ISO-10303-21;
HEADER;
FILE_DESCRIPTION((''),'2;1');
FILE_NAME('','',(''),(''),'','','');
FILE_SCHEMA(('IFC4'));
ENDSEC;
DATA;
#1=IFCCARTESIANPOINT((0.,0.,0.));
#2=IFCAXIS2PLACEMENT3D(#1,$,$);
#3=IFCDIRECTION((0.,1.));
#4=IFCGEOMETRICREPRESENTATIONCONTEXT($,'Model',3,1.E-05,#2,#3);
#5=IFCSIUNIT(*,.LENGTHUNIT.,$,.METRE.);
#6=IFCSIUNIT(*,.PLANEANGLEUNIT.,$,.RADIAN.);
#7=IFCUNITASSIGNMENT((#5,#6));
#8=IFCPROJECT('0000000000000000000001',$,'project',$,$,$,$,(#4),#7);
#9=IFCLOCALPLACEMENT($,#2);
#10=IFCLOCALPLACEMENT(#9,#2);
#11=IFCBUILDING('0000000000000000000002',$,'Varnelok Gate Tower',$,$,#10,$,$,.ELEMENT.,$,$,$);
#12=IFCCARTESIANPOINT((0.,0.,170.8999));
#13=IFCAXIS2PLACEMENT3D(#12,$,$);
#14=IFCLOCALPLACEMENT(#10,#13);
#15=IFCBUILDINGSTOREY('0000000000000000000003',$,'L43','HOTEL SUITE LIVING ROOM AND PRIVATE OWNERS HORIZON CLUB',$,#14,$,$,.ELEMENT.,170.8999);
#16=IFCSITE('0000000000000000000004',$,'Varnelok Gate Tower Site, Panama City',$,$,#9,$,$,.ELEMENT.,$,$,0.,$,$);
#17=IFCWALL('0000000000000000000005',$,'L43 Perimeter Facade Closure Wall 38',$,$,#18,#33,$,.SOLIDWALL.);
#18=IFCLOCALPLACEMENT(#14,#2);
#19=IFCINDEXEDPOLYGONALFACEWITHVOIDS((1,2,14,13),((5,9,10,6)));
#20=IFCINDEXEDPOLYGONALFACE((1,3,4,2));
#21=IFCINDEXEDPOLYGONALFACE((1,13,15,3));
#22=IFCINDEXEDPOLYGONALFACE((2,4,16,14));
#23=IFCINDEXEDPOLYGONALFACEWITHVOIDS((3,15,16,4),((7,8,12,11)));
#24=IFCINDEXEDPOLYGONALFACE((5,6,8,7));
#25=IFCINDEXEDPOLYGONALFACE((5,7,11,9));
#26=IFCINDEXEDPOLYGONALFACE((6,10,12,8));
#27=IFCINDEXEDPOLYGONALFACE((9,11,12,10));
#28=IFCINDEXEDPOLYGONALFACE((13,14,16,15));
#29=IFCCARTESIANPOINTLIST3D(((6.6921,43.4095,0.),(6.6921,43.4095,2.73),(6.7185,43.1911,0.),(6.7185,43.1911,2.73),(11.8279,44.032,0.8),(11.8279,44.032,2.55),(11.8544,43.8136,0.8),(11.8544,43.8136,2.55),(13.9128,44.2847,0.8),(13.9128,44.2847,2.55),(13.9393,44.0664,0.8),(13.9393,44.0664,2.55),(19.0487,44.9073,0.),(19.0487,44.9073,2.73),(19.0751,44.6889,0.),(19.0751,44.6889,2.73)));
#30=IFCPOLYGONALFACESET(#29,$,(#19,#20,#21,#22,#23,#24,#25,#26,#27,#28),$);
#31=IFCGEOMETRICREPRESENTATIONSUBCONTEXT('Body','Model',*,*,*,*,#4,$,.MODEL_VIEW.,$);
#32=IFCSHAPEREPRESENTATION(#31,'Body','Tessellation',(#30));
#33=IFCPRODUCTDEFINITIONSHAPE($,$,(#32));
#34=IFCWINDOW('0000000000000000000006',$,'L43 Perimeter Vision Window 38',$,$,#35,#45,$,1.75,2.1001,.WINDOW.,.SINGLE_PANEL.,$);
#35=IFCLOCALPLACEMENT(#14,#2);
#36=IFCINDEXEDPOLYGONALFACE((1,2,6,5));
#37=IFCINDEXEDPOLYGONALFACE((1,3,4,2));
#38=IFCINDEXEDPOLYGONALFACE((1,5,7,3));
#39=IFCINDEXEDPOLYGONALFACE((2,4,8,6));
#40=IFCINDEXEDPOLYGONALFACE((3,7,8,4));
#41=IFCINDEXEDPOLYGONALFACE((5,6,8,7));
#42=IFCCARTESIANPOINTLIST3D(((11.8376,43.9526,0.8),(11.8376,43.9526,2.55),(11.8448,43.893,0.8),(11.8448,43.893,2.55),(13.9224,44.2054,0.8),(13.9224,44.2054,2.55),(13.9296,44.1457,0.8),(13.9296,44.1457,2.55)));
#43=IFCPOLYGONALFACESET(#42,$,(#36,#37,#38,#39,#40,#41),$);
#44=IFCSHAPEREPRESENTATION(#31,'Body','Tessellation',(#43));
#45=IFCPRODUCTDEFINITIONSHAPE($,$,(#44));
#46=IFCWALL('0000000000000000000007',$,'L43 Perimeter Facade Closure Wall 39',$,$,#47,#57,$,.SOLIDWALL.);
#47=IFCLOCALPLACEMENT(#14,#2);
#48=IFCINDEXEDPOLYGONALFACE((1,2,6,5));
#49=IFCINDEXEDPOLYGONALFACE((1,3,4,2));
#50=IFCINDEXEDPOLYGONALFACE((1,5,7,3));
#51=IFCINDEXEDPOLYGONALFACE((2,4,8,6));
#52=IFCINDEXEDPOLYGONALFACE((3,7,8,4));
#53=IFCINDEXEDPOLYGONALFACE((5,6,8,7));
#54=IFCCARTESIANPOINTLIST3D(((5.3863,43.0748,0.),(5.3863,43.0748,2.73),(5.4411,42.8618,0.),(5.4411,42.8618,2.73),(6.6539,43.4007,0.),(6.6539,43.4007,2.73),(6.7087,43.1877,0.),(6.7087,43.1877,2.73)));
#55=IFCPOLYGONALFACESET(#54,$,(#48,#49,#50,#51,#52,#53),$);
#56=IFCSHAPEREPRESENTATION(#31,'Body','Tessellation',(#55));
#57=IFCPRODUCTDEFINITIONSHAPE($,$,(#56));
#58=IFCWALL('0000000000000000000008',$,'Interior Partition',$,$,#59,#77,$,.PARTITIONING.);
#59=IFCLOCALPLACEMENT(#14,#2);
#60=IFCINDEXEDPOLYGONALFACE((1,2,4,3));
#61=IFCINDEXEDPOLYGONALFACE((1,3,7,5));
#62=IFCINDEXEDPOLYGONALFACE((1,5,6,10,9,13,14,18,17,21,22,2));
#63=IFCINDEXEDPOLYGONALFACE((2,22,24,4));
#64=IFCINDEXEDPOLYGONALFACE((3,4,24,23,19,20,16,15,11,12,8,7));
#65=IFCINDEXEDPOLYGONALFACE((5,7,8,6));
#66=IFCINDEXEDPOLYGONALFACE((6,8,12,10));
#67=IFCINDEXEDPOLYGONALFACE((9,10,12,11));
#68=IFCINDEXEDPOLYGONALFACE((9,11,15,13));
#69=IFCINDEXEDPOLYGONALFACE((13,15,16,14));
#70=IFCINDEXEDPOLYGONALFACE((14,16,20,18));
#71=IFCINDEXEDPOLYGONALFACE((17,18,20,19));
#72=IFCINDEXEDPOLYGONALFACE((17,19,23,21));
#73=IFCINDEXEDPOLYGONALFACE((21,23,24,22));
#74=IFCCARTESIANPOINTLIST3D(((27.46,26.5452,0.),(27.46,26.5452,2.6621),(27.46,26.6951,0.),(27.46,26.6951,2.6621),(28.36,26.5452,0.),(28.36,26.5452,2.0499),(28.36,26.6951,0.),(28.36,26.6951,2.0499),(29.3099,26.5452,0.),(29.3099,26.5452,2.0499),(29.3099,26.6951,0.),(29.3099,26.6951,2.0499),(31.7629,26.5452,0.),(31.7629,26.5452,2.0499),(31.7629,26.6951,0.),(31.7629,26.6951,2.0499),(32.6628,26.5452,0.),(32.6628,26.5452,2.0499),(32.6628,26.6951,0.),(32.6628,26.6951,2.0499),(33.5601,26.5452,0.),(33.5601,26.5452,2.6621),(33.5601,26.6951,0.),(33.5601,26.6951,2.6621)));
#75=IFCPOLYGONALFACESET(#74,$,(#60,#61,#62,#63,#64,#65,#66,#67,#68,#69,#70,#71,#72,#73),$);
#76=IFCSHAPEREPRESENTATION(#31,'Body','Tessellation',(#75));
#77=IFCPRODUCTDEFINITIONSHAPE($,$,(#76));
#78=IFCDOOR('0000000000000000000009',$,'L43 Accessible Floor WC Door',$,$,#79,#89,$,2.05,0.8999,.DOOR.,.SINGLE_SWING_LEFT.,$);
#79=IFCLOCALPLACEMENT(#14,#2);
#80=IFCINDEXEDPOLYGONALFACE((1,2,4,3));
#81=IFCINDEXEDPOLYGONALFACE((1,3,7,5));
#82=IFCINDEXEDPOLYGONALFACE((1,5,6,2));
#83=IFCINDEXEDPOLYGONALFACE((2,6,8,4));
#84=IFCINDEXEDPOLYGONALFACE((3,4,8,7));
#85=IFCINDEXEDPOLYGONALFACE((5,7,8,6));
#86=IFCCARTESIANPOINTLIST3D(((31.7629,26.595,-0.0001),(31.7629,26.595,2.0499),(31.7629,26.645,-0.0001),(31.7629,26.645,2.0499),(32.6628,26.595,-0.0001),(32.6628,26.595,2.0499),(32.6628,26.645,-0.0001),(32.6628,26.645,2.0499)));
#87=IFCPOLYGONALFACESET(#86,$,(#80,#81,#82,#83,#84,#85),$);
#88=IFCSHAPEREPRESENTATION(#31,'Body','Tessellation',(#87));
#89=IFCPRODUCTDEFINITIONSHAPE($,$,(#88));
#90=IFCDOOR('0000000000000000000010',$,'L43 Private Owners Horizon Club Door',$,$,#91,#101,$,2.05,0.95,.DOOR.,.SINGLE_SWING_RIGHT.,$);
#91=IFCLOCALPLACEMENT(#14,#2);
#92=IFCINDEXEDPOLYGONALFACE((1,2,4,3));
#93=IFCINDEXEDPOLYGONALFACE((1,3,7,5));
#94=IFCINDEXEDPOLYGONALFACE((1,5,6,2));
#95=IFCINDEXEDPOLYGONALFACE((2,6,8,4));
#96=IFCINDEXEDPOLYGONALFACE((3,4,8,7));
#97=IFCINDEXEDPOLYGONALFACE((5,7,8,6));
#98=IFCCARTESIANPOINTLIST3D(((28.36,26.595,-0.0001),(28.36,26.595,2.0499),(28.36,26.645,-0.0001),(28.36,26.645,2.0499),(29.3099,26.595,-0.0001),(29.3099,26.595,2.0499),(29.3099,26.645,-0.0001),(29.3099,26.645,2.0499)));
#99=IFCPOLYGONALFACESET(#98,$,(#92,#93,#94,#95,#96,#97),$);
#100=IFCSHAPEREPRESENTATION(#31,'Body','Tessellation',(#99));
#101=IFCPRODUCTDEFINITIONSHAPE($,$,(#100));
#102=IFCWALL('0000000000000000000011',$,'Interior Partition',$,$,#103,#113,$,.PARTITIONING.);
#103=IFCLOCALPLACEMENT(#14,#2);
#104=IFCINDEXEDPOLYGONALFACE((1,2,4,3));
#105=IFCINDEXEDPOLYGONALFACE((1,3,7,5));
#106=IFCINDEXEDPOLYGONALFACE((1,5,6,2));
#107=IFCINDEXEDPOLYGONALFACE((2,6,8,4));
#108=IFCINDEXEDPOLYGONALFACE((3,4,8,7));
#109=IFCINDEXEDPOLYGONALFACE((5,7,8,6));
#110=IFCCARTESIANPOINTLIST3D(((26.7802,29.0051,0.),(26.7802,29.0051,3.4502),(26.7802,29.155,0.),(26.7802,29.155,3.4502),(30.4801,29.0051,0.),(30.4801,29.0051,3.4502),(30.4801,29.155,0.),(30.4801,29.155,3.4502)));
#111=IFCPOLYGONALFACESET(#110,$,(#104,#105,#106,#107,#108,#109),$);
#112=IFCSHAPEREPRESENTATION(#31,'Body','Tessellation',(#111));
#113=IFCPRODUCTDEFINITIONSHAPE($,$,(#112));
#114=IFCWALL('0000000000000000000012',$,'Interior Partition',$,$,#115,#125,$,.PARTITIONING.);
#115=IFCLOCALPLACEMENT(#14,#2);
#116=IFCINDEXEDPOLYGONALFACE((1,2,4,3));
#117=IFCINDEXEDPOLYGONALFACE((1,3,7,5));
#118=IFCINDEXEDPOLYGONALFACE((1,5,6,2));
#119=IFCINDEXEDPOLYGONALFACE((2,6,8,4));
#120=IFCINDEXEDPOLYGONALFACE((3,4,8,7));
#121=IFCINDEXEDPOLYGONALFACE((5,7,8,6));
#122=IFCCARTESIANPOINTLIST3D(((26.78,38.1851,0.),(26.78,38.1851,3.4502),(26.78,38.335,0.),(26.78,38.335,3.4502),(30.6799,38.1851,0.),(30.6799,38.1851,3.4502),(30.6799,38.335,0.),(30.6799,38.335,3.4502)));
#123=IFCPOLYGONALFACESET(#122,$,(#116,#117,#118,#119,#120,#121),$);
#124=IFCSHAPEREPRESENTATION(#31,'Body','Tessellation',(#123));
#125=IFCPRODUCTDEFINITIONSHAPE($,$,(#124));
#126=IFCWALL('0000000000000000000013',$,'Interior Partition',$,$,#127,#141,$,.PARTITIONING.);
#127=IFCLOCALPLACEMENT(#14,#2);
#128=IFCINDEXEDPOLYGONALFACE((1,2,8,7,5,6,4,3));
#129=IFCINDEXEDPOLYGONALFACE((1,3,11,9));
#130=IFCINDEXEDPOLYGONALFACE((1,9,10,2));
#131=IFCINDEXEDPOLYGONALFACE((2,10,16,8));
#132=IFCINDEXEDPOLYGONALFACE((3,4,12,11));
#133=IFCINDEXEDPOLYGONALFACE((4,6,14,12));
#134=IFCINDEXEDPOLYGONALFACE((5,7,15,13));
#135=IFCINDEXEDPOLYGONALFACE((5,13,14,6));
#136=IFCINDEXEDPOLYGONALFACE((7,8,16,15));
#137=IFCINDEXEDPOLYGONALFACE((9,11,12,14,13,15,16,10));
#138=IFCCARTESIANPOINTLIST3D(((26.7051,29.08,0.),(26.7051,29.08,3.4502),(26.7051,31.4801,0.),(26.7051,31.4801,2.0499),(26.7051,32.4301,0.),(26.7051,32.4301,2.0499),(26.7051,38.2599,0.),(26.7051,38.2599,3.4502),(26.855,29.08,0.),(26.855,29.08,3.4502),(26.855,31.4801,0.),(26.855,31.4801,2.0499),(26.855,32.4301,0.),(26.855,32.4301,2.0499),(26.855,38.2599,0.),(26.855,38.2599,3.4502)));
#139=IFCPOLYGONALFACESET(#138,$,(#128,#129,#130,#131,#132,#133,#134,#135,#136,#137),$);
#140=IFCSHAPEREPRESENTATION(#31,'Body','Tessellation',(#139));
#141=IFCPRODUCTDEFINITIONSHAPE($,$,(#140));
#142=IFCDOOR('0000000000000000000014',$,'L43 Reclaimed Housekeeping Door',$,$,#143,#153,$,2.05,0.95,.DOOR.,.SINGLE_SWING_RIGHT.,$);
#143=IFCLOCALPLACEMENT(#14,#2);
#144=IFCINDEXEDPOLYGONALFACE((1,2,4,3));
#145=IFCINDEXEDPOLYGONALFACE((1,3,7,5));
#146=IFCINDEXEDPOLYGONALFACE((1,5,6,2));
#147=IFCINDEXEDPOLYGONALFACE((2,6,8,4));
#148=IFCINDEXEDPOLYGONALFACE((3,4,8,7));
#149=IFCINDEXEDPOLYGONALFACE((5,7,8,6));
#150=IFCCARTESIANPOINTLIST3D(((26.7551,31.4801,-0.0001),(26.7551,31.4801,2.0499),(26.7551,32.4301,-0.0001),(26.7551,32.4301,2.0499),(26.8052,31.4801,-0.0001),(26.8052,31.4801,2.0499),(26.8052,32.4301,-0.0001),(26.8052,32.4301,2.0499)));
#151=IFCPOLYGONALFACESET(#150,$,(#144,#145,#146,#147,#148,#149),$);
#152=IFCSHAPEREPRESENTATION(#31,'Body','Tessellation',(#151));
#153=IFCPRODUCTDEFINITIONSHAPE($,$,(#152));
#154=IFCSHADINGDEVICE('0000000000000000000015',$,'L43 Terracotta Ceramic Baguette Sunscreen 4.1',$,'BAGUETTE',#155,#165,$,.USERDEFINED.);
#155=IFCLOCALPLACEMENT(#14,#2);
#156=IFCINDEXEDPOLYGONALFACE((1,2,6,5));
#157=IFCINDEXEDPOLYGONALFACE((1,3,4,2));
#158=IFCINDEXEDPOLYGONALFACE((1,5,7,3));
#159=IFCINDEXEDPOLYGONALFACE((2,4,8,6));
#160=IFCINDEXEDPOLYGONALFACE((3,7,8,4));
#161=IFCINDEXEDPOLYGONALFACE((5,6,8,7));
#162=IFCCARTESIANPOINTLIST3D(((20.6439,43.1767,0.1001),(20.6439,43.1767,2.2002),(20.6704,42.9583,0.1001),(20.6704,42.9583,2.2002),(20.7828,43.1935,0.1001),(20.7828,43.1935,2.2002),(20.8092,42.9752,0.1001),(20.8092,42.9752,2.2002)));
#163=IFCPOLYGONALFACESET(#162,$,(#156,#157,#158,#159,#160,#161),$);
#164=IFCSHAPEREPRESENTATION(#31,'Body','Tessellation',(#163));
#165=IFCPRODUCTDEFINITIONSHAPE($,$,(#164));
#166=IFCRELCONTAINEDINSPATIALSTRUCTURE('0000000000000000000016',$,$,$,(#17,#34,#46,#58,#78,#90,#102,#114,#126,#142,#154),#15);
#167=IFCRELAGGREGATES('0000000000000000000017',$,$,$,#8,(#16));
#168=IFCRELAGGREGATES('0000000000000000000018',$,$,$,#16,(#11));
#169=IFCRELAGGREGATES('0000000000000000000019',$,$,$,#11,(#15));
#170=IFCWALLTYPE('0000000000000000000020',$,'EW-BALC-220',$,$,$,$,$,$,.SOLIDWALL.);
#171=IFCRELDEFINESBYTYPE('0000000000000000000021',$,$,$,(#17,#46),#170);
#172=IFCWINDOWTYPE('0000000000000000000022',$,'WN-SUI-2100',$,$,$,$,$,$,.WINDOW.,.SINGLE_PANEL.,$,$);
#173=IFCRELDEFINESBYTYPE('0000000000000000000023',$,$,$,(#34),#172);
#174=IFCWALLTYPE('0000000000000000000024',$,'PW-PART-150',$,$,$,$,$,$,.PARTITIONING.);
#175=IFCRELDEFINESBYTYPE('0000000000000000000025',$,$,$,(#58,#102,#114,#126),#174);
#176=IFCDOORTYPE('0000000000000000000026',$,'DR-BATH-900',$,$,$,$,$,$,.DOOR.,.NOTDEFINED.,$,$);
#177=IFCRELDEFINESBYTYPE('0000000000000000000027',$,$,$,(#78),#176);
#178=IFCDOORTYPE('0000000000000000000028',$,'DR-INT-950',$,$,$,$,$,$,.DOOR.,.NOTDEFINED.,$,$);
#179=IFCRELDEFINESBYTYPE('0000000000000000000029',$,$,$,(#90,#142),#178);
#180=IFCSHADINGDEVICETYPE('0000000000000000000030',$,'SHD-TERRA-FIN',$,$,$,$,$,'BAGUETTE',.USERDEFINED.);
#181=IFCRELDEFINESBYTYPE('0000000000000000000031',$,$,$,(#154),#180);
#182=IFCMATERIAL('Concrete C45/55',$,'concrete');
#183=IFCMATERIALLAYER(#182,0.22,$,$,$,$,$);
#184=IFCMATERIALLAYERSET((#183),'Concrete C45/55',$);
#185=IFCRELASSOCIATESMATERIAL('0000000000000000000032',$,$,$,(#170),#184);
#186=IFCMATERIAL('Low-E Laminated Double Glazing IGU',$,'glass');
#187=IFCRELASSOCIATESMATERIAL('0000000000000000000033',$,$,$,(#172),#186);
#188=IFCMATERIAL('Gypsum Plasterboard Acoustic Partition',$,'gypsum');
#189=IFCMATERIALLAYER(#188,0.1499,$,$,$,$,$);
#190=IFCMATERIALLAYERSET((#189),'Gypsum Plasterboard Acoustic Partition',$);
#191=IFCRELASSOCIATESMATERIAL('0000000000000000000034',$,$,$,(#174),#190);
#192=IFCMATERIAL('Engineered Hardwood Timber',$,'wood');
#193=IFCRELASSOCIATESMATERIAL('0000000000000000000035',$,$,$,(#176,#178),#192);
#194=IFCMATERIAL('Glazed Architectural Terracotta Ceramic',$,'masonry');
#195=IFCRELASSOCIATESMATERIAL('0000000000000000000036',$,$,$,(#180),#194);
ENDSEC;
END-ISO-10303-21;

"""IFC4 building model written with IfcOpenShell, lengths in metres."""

from ifc_helpers import new_model, si_unit, direction, frame, frame_2d, origin, origin_2d, place, context, subcontext, project, spatial, rectangle, extrude, source, transform, mapped, material, layer, layer_set, type_object, element, fill, save


model = new_model("IFC4")

# Units and contexts
model_context = context("Model", 3, precision=1e-05, world=origin(), true_north=direction((0.0, 1.0)))
body_context = subcontext(model_context, "Body", "Model", "MODEL_VIEW")
ifc_project = project(units=[si_unit("LENGTHUNIT", "METRE"), si_unit("PLANEANGLEUNIT", "RADIAN")], contexts=[model_context])

# Site, building, storey
site_placement = place(None, origin())
site = spatial("IfcSite", under=ifc_project, at=site_placement, Name="Varnelok Gate Tower Site, Panama City", CompositionType="ELEMENT", RefElevation=0.0)
building_placement = place(site_placement, origin())
building = spatial("IfcBuilding", under=site, at=building_placement, Name="Varnelok Gate Tower", CompositionType="ELEMENT")
storey_placement = place(building_placement, frame((0.0, 0.0, 170.8999)))
storey = spatial("IfcBuildingStorey", under=building, at=storey_placement, Name="L43", Description="HOTEL SUITE LIVING ROOM AND PRIVATE OWNERS HORIZON CLUB", CompositionType="ELEMENT", Elevation=170.8999)

# Shared definitions
ifc_material_1 = material(Name="Concrete C45/55", Category="concrete")
ifc_layer_1 = layer(ifc_material_1, 0.22)
ifc_layer_set_1 = layer_set([ifc_layer_1], Name="Concrete C45/55")
wall_type_1 = type_object("IfcWallType", Name="EW-BALC-220", PredefinedType="SOLIDWALL", material=ifc_layer_set_1)
ifc_material_2 = material(Name="Low-E Laminated Double Glazing IGU", Category="glass")

# Wall, opening, window
wall_1_placement = place(storey_placement, frame((19.062, 44.7981, 0.0), z_axis=(0.0, 0.0, 1.0), x_axis=(-0.992734, -0.120333, 0.0)))
wall_1 = element("IfcWall", 1, at=wall_1_placement, inside=storey, type_object=wall_type_1, Name="L43 Perimeter Facade Closure Wall 38", PredefinedType="SOLIDWALL", context=body_context, shape_type="SweptSolid", body=[
    extrude(rectangle(XDim=12.447, YDim=0.22, at=frame_2d((6.2236, 0.0))), origin(), (0.0, 0.0, 1.0), 2.73),
])
opening_1_placement = place(wall_1_placement, frame((5.1736, 0.0, 0.8)))
opening_1 = element("IfcOpeningElement", 2, at=opening_1_placement, cuts=wall_1, PredefinedType="OPENING", context=body_context, shape_type="SweptSolid", body=[
    extrude(rectangle(XDim=2.1001, YDim=1.75, at=frame_2d((1.05, 0.875))), frame((0.0, 0.1199, 0.0), z_axis=(0.0, -1.0, 0.0), x_axis=(1.0, 0.0, 0.0)), (0.0, 0.0, 1.0), 0.24),
])
window_type_1 = type_object("IfcWindowType", Name="WN-SUI-2100", PartitioningType="SINGLE_PANEL", PredefinedType="WINDOW", material=ifc_material_2)
window_1_placement = place(opening_1_placement, origin())
window_1 = element("IfcWindow", 3, at=window_1_placement, inside=storey, type_object=window_type_1, Name="L43 Perimeter Vision Window 38", OverallHeight=1.75, OverallWidth=2.1001, PartitioningType="SINGLE_PANEL", PredefinedType="WINDOW", context=body_context, shape_type="SweptSolid", body=[
    extrude(rectangle(XDim=2.1001, YDim=1.75, at=frame_2d((1.05, 0.875))), frame((0.0, 0.03, 0.0), z_axis=(0.0, -1.0, 0.0), x_axis=(1.0, 0.0, 0.0)), (0.0, 0.0, 1.0), 0.0601),
])
fill(opening_1, window_1)

# Wall
wall_2_placement = place(storey_placement, frame((6.6812, 43.2942, 0.0), z_axis=(0.0, 0.0, 1.0), x_axis=(-0.968497, -0.249026, 0.0)))
element("IfcWall", 4, at=wall_2_placement, inside=storey, type_object=wall_type_1, Name="L43 Perimeter Facade Closure Wall 39", PredefinedType="SOLIDWALL", context=body_context, shape_type="SweptSolid", body=[
    extrude(rectangle(XDim=1.3088, YDim=0.22, at=frame_2d((0.6543, 0.0))), origin(), (0.0, 0.0, 1.0), 2.73),
])

# Wall, openings, doors
ifc_material_3 = material(Name="Gypsum Plasterboard Acoustic Partition", Category="gypsum")
ifc_layer_2 = layer(ifc_material_3, 0.1499)
ifc_layer_set_2 = layer_set([ifc_layer_2], Name="Gypsum Plasterboard Acoustic Partition")
wall_type_2 = type_object("IfcWallType", Name="PW-PART-150", PredefinedType="PARTITIONING", material=ifc_layer_set_2)
wall_3_placement = place(storey_placement, frame((27.46, 26.6201, 0.0), z_axis=(0.0, 0.0, 1.0), x_axis=(1.0, 0.0, 0.0)))
wall_3 = element("IfcWall", 5, at=wall_3_placement, inside=storey, type_object=wall_type_2, Name="Interior Partition", PredefinedType="PARTITIONING", context=body_context, shape_type="SweptSolid", body=[
    extrude(rectangle(XDim=6.1001, YDim=0.1499, at=frame_2d((3.05, 0.0))), origin(), (0.0, 0.0, 1.0), 2.6621),
])
opening_2_placement = place(wall_3_placement, frame((0.8999, 0.0, 0.0)))
opening_2 = element("IfcOpeningElement", 6, at=opening_2_placement, cuts=wall_3, PredefinedType="OPENING", context=body_context, shape_type="SweptSolid", body=[
    extrude(rectangle(XDim=0.95, YDim=2.05, at=frame_2d((0.4751, 1.0249))), frame((0.0, 0.085, 0.0), z_axis=(0.0, -1.0, 0.0), x_axis=(1.0, 0.0, 0.0)), (0.0, 0.0, 1.0), 0.1699),
])
opening_3_placement = place(wall_3_placement, frame((4.303, 0.0, 0.0)))
opening_3 = element("IfcOpeningElement", 7, at=opening_3_placement, cuts=wall_3, PredefinedType="OPENING", context=body_context, shape_type="SweptSolid", body=[
    extrude(rectangle(XDim=0.8999, YDim=2.05, at=frame_2d((0.45, 1.0249))), frame((0.0, 0.085, 0.0), z_axis=(0.0, -1.0, 0.0), x_axis=(1.0, 0.0, 0.0)), (0.0, 0.0, 1.0), 0.1699),
])
ifc_material_4 = material(Name="Engineered Hardwood Timber", Category="wood")
door_type_1 = type_object("IfcDoorType", Name="DR-BATH-900", OperationType="NOTDEFINED", PredefinedType="DOOR", material=ifc_material_4)
door_1_placement = place(opening_3_placement, origin())
door_1 = element("IfcDoor", 8, at=door_1_placement, inside=storey, type_object=door_type_1, Name="L43 Accessible Floor WC Door", OperationType="SINGLE_SWING_LEFT", OverallHeight=2.05, OverallWidth=0.8999, PredefinedType="DOOR", context=body_context, shape_type="SweptSolid", body=[
    extrude(rectangle(XDim=0.8999, YDim=2.05, at=frame_2d((0.45, 1.0249))), frame((0.0, 0.0249, 0.0), z_axis=(0.0, -1.0, 0.0), x_axis=(1.0, 0.0, 0.0)), (0.0, 0.0, 1.0), 0.05),
])
fill(opening_3, door_1)
door_type_2 = type_object("IfcDoorType", Name="DR-INT-950", OperationType="NOTDEFINED", PredefinedType="DOOR", material=ifc_material_4)
door_2_placement = place(opening_2_placement, origin())
door_2 = element("IfcDoor", 9, at=door_2_placement, inside=storey, type_object=door_type_2, Name="L43 Private Owners Horizon Club Door", OperationType="SINGLE_SWING_RIGHT", OverallHeight=2.05, OverallWidth=0.95, PredefinedType="DOOR", context=body_context, shape_type="SweptSolid", body=[
    extrude(rectangle(XDim=0.95, YDim=2.05, at=frame_2d((0.4751, 1.0249))), frame((0.0, 0.0249, 0.0), z_axis=(0.0, -1.0, 0.0), x_axis=(1.0, 0.0, 0.0)), (0.0, 0.0, 1.0), 0.05),
])
fill(opening_2, door_2)

# Walls
wall_4_placement = place(storey_placement, frame((26.78, 29.0801, 0.0), z_axis=(0.0, 0.0, 1.0), x_axis=(1.0, 0.0, 0.0)))
element("IfcWall", 10, at=wall_4_placement, inside=storey, type_object=wall_type_2, Name="Interior Partition", PredefinedType="PARTITIONING", context=body_context, shape_type="SweptSolid", body=[
    extrude(rectangle(XDim=3.7, YDim=0.1499, at=frame_2d((1.8501, 0.0))), origin(), (0.0, 0.0, 1.0), 3.4502),
])
wall_5_placement = place(storey_placement, frame((26.78, 38.26, 0.0), z_axis=(0.0, 0.0, 1.0), x_axis=(1.0, 0.0, 0.0)))
element("IfcWall", 11, at=wall_5_placement, inside=storey, type_object=wall_type_2, Name="Interior Partition", PredefinedType="PARTITIONING", context=body_context, shape_type="SweptSolid", body=[
    extrude(rectangle(XDim=3.8999, YDim=0.1499, at=frame_2d((1.95, 0.0))), origin(), (0.0, 0.0, 1.0), 3.4502),
])

# Wall, opening, door
wall_6_placement = place(storey_placement, frame((26.78, 29.0801, 0.0), z_axis=(0.0, 0.0, 1.0), x_axis=(0.0, 1.0, 0.0)))
wall_6 = element("IfcWall", 12, at=wall_6_placement, inside=storey, type_object=wall_type_2, Name="Interior Partition", PredefinedType="PARTITIONING", context=body_context, shape_type="SweptSolid", body=[
    extrude(rectangle(XDim=9.1799, YDim=0.1499, at=frame_2d((4.5898, 0.0))), origin(), (0.0, 0.0, 1.0), 3.4502),
])
opening_4_placement = place(wall_6_placement, frame((2.3999, 0.0, 0.0)))
opening_4 = element("IfcOpeningElement", 13, at=opening_4_placement, cuts=wall_6, PredefinedType="OPENING", context=body_context, shape_type="SweptSolid", body=[
    extrude(rectangle(XDim=0.95, YDim=2.05, at=frame_2d((0.4751, 1.0249))), frame((0.0, 0.085, 0.0), z_axis=(0.0, -1.0, 0.0), x_axis=(1.0, 0.0, 0.0)), (0.0, 0.0, 1.0), 0.1699),
])
door_3_placement = place(opening_4_placement, origin())
door_3 = element("IfcDoor", 14, at=door_3_placement, inside=storey, type_object=door_type_2, Name="L43 Reclaimed Housekeeping Door", OperationType="SINGLE_SWING_RIGHT", OverallHeight=2.05, OverallWidth=0.95, PredefinedType="DOOR", context=body_context, shape_type="SweptSolid", body=[
    extrude(rectangle(XDim=0.95, YDim=2.05, at=frame_2d((0.4751, 1.0249))), frame((0.0, 0.0249, 0.0), z_axis=(0.0, -1.0, 0.0), x_axis=(1.0, 0.0, 0.0)), (0.0, 0.0, 1.0), 0.05),
])
fill(opening_4, door_3)

# Shading device
ifc_material_5 = material(Name="Glazed Architectural Terracotta Ceramic", Category="masonry")
shading_device_type = type_object("IfcShadingDeviceType", Name="SHD-TERRA-FIN", ElementType="BAGUETTE", PredefinedType="USERDEFINED", material=ifc_material_5)
shared_shape_1 = source(origin(), body_context, "Body", "SweptSolid", [
    extrude(rectangle(XDim=0.1399, YDim=0.22, at=origin_2d()), origin(), (0.0, 0.0, 1.0), 2.1001),
])
shading_device_placement = place(storey_placement, frame((20.7266, 43.0759, 0.1001), z_axis=(0.0, 0.0, 1.0), x_axis=(0.992732, 0.120345, 0.0)))
element("IfcShadingDevice", 15, at=shading_device_placement, inside=storey, type_object=shading_device_type, Name="L43 Terracotta Ceramic Baguette Sunscreen 4.1", ObjectType="BAGUETTE", PredefinedType="USERDEFINED", context=body_context, shape_type="MappedRepresentation", body=[
    mapped(shared_shape_1, transform((0.0, 0.0, 0.0), scale=1.0)),
])

save(model, "model.ifc")
